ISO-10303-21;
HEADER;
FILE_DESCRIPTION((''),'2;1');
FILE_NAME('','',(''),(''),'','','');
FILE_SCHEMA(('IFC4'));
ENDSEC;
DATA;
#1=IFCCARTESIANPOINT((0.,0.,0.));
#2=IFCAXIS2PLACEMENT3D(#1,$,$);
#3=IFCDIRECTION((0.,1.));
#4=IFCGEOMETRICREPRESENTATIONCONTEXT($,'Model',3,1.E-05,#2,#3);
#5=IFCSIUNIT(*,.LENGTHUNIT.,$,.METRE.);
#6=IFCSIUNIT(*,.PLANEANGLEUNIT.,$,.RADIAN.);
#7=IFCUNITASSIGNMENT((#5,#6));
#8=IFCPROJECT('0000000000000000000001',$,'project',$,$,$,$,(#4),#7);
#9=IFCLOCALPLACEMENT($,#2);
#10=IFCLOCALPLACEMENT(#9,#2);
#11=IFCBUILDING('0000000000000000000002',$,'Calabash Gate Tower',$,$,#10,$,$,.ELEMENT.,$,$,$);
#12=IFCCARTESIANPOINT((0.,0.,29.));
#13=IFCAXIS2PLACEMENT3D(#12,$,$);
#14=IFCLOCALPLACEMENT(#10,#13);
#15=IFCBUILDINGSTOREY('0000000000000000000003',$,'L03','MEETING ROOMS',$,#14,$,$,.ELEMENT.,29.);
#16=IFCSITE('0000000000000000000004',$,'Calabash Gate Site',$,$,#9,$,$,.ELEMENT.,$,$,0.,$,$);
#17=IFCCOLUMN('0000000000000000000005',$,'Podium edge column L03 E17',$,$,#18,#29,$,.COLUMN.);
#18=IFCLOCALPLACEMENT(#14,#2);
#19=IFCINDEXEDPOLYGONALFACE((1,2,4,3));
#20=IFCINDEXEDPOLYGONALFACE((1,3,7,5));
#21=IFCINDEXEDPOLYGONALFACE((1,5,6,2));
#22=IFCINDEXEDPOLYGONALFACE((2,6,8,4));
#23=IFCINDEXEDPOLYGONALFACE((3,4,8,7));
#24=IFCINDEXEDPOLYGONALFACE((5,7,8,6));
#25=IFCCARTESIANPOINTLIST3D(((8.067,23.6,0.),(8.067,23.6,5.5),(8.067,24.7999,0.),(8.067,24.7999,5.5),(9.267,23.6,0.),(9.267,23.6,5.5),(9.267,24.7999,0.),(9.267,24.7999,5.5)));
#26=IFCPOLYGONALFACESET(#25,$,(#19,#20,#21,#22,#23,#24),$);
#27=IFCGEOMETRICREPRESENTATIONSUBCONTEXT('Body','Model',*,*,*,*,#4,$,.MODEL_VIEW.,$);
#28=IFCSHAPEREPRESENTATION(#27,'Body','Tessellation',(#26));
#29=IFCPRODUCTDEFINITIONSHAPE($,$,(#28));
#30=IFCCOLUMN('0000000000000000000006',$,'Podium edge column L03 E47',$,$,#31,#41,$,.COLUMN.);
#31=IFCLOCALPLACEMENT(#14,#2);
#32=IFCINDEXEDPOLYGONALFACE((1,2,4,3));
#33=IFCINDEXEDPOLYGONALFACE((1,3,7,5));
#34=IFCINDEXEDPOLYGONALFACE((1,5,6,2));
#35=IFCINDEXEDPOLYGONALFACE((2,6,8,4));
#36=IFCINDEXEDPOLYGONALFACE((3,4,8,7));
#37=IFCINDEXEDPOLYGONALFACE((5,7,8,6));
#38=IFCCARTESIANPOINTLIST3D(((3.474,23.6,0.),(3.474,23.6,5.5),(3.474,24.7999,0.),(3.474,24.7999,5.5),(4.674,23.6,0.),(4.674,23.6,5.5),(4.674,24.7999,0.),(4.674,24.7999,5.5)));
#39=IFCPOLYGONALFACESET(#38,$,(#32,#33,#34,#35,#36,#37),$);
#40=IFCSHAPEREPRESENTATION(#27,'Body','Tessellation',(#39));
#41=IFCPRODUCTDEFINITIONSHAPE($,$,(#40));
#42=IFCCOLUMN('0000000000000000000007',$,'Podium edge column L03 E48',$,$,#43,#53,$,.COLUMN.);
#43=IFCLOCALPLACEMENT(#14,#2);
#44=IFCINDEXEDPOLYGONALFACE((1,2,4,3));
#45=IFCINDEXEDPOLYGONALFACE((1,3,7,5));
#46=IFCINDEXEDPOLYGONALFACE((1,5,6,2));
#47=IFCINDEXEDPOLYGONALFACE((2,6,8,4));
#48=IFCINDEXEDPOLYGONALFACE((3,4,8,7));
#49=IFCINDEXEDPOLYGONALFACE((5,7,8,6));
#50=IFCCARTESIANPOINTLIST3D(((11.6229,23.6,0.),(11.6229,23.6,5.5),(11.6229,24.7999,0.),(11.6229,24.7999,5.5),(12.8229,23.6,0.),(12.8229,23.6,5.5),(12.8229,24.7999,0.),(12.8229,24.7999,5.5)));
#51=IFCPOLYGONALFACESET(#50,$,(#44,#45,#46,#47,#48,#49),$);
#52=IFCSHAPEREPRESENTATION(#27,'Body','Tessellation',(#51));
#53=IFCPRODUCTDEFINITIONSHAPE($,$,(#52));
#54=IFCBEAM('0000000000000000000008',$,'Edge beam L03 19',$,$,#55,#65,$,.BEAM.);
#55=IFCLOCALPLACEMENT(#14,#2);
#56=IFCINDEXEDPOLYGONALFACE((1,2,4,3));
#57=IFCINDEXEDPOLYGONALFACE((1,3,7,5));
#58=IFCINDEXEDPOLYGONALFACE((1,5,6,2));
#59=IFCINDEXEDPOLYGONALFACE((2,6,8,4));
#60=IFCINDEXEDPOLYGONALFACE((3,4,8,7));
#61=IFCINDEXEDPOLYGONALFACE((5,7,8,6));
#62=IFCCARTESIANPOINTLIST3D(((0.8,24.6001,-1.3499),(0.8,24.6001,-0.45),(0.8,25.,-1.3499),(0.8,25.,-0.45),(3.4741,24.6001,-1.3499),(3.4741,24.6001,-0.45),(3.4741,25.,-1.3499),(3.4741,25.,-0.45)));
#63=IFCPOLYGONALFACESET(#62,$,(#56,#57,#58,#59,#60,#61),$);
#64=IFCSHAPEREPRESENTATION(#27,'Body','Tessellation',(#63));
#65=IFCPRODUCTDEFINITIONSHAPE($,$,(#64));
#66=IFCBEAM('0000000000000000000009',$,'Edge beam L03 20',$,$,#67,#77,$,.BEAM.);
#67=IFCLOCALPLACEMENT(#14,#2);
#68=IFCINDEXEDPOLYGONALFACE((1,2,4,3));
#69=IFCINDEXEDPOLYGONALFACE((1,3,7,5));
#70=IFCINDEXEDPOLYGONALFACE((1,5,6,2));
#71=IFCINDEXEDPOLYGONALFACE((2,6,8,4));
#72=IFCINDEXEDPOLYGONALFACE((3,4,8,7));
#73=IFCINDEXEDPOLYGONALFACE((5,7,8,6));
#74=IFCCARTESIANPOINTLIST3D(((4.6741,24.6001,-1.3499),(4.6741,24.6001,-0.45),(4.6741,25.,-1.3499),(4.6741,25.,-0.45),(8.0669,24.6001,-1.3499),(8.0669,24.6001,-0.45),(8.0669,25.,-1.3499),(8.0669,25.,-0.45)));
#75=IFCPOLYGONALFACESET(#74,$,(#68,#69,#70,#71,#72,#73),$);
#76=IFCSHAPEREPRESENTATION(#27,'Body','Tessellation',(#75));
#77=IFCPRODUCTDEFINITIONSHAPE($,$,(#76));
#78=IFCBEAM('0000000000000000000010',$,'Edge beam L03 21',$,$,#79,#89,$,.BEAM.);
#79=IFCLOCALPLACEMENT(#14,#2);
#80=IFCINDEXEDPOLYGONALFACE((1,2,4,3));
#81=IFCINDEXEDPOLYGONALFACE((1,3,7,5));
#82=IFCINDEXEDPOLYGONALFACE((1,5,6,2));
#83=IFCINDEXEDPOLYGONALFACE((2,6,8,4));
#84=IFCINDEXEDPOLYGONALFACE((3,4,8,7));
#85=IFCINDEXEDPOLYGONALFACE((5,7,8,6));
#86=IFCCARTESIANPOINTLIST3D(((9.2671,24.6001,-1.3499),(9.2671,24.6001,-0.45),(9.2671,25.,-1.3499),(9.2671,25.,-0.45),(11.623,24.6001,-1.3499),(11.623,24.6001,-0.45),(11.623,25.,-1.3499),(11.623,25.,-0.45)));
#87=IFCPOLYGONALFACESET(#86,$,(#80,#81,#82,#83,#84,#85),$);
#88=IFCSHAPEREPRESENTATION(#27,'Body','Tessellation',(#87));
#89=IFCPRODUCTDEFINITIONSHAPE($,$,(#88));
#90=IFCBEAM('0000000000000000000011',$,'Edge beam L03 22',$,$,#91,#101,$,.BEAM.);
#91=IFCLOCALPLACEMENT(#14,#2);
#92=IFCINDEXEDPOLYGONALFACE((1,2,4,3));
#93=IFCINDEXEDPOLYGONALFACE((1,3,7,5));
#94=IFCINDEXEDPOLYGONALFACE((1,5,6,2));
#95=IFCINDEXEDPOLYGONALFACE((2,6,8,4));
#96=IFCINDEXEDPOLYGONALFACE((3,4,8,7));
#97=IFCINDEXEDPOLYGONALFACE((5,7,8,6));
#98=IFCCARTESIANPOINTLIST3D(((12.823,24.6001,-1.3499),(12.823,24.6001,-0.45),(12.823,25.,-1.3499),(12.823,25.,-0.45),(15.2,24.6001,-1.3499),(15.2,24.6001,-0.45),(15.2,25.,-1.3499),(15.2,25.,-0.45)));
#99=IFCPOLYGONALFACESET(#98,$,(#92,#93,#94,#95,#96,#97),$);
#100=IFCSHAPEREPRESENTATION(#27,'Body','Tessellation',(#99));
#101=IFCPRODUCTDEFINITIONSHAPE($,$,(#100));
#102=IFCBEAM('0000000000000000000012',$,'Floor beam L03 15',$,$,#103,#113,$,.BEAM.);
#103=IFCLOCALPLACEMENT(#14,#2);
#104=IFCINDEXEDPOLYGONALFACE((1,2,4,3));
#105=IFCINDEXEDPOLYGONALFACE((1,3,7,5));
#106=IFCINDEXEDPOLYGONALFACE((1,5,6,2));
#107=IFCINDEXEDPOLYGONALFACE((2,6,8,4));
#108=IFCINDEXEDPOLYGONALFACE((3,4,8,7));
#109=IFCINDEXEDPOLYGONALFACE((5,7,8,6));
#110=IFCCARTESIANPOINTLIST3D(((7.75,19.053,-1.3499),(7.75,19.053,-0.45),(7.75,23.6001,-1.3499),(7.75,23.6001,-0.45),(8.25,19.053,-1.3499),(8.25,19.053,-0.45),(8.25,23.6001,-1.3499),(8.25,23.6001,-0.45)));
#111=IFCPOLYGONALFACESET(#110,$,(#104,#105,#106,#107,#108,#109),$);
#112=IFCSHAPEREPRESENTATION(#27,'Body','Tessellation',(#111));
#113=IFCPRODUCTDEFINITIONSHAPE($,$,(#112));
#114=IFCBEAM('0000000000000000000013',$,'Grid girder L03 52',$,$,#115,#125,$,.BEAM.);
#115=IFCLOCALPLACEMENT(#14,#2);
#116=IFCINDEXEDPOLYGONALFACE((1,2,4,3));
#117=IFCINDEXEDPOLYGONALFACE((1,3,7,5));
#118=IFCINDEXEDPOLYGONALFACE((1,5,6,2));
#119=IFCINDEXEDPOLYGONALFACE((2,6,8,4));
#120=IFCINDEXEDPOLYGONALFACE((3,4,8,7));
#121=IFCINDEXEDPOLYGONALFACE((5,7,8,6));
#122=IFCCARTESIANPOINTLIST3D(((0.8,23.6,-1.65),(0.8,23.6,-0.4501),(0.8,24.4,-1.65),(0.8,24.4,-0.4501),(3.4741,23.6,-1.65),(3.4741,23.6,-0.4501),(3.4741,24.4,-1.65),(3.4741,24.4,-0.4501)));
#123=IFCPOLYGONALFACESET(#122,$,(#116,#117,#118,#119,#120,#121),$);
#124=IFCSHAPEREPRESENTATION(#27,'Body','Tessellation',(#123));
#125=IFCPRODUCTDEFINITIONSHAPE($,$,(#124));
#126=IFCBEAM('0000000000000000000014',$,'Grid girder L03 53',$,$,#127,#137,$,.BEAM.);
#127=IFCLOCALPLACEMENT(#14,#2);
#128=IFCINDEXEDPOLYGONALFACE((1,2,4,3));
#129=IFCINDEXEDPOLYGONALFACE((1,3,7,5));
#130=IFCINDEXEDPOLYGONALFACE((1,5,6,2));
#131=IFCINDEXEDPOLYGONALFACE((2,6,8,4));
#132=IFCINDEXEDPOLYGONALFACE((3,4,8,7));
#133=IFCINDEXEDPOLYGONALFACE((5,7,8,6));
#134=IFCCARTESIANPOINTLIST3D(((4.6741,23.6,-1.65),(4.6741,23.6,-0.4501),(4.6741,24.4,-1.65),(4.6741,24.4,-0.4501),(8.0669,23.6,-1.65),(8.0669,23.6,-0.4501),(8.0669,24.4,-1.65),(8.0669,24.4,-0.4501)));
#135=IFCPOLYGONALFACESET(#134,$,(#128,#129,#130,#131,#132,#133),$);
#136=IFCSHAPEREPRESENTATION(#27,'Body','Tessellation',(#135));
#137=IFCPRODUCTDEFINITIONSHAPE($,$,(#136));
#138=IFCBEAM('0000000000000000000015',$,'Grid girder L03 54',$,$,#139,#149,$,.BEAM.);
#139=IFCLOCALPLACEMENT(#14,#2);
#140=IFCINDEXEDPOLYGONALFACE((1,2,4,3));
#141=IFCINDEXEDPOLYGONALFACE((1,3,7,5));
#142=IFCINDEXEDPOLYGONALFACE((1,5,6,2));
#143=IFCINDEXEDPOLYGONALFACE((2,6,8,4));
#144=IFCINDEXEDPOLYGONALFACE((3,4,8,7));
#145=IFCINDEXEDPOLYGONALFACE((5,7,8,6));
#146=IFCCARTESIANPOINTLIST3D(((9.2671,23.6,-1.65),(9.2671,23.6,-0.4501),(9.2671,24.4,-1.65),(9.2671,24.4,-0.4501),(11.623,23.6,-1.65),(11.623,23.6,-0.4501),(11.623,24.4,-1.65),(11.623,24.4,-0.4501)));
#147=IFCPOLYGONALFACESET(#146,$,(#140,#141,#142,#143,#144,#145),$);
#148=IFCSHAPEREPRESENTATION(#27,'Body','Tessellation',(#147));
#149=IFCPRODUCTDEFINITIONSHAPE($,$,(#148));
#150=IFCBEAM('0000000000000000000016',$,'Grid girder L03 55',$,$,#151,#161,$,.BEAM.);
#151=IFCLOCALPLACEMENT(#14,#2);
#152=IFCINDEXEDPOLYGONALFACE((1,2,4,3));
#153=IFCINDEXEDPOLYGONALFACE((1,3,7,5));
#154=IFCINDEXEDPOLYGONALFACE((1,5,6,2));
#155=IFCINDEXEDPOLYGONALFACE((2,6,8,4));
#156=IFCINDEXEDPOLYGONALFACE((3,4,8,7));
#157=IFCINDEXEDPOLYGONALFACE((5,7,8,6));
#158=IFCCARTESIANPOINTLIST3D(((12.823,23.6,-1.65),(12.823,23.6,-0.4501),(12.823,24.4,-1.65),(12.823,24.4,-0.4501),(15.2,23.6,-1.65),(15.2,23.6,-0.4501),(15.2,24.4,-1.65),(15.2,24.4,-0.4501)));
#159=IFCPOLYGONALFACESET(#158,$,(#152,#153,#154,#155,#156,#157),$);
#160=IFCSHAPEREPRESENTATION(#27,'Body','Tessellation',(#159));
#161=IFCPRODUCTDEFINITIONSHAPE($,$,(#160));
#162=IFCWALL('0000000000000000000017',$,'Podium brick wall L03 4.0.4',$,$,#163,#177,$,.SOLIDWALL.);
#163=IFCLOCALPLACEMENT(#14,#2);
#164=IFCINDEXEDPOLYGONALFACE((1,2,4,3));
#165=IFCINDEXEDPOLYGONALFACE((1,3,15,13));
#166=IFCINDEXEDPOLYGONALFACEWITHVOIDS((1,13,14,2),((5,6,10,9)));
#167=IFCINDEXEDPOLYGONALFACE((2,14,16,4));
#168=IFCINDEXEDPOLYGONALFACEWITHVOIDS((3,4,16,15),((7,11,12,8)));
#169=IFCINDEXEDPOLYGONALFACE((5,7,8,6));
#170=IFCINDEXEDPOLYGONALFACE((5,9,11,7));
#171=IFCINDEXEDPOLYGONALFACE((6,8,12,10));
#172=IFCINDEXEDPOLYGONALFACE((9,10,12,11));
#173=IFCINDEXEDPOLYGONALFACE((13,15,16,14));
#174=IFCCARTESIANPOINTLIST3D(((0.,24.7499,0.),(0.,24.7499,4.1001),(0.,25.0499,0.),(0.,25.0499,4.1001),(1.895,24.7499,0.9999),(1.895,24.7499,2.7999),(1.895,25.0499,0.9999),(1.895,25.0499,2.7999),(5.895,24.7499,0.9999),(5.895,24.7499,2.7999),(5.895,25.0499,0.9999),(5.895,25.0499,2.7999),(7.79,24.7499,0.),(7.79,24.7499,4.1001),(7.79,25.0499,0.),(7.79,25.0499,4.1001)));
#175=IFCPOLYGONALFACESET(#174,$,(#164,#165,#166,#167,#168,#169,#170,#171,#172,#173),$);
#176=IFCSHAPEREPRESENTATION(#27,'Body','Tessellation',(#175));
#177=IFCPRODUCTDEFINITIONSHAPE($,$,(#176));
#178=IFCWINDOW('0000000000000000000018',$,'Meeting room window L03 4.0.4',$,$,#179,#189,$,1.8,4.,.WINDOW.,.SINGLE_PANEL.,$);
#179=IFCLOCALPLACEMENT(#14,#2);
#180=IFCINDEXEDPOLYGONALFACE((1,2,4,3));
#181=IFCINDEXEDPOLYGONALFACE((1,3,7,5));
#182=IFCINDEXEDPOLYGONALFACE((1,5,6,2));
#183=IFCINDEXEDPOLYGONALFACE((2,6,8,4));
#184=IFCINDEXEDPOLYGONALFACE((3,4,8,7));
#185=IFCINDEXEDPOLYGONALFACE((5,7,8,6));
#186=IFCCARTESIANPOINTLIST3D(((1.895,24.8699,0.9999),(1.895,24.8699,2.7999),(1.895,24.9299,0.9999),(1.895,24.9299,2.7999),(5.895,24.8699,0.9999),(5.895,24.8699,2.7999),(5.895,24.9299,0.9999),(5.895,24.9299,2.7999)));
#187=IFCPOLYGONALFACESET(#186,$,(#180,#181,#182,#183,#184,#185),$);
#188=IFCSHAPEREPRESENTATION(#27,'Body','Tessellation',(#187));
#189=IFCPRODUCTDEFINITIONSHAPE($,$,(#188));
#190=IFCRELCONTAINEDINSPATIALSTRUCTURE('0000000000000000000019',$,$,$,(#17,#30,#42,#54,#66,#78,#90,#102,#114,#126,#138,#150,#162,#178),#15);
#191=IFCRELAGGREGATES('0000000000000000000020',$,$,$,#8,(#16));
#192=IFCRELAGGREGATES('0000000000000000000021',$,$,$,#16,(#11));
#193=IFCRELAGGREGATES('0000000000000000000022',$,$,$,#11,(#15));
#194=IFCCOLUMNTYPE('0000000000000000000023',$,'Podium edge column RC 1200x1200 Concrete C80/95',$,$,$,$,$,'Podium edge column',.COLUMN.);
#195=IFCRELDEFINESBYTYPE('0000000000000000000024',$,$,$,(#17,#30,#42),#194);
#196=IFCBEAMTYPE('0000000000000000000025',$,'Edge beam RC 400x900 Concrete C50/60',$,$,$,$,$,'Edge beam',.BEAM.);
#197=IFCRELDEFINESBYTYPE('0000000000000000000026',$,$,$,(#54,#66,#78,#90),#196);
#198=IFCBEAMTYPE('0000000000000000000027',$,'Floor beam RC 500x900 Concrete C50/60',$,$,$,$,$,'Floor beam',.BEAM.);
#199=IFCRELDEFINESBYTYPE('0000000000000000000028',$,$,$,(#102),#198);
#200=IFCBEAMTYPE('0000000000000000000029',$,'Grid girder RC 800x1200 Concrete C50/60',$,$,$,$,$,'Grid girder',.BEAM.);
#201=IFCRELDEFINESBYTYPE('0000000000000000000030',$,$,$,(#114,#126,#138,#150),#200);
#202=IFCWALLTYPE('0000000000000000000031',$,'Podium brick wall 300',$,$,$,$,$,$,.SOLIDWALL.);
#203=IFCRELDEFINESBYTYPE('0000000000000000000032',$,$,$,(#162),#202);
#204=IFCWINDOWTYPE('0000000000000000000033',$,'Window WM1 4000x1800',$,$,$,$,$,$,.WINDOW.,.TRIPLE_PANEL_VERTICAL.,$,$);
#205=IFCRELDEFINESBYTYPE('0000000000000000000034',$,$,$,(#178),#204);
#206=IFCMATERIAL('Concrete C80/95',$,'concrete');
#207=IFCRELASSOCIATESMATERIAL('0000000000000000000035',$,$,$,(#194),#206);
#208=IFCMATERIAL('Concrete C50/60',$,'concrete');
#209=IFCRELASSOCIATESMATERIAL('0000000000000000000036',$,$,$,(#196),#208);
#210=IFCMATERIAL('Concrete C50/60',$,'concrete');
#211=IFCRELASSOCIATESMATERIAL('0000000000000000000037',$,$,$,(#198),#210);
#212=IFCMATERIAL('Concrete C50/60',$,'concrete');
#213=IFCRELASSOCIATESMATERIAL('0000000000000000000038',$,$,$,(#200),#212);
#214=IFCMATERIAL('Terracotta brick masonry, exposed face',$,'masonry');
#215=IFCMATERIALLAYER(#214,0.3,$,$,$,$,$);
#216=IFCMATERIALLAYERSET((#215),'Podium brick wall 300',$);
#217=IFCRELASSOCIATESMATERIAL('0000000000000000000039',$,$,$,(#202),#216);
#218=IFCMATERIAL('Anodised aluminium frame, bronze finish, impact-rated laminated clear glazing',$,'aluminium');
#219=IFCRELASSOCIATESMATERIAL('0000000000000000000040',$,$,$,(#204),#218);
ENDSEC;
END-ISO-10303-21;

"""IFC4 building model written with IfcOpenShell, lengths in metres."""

from ifc_helpers import new_model, si_unit, direction, frame, frame_2d, origin, origin_2d, place, context, subcontext, project, spatial, rectangle, extrude, material, layer, layer_set, material_profile, profile_set, type_object, element, fill, save


model = new_model("IFC4")

# Units and contexts
model_context = context("Model", 3, precision=1e-05, world=origin(), true_north=direction((0.0, 1.0)))
body_context = subcontext(model_context, "Body", "Model", "MODEL_VIEW")
ifc_project = project(units=[si_unit("LENGTHUNIT", "METRE"), si_unit("PLANEANGLEUNIT", "RADIAN")], contexts=[model_context])

# Site, building, storey
site_placement = place(None, origin())
site = spatial("IfcSite", under=ifc_project, at=site_placement, Name="Calabash Gate Site", CompositionType="ELEMENT", RefElevation=0.0)
building_placement = place(site_placement, origin())
building = spatial("IfcBuilding", under=site, at=building_placement, Name="Calabash Gate Tower", CompositionType="ELEMENT")
storey_placement = place(building_placement, frame((0.0, 0.0, 29.0)))
storey = spatial("IfcBuildingStorey", under=building, at=storey_placement, Name="L03", Description="MEETING ROOMS", CompositionType="ELEMENT", Elevation=29.0)

# Columns
ifc_material_1 = material(Name="Concrete C80/95", Category="concrete")
ifc_material_profile_1 = material_profile(ifc_material_1, rectangle(XDim=1.2, YDim=1.2, at=origin_2d()))
ifc_profile_set_1 = profile_set([ifc_material_profile_1], Name="Concrete C80/95")
column_type = type_object("IfcColumnType", Name="Podium edge column RC 1200x1200 Concrete C80/95", ElementType="Podium edge column", PredefinedType="COLUMN", material=ifc_profile_set_1)
for number, where, z_axis, x_axis, name in (
    (1, (8.667, 24.2, 0.0), (0.0, 0.0, 1.0), (1.0, 0.0, 0.0), "Podium edge column L03 E17"),
    (2, (4.074, 24.2, 0.0), (0.0, 0.0, 1.0), (1.0, 0.0, 0.0), "Podium edge column L03 E47"),
    (3, (12.2229, 24.2, 0.0), (0.0, 0.0, 1.0), (1.0, 0.0, 0.0), "Podium edge column L03 E48"),
):
    element("IfcColumn", number, at=place(storey_placement, frame(where, z_axis=z_axis, x_axis=x_axis)), inside=storey, type_object=column_type, Name=name, PredefinedType="COLUMN", context=body_context, shape_type="SweptSolid", body=[
        extrude(rectangle(XDim=1.2, YDim=1.2, at=origin_2d()), origin(), (0.0, 0.0, 1.0), 5.5),
    ])

# Beams
ifc_material_2 = material(Name="Concrete C50/60", Category="concrete")
ifc_material_profile_2 = material_profile(ifc_material_2, rectangle(XDim=0.3999, YDim=0.8999, at=origin_2d()))
ifc_profile_set_2 = profile_set([ifc_material_profile_2], Name="Concrete C50/60")
beam_type_1 = type_object("IfcBeamType", Name="Edge beam RC 400x900 Concrete C50/60", ElementType="Edge beam", PredefinedType="BEAM", material=ifc_profile_set_2)
beam_1_placement = place(storey_placement, frame((0.8, 24.8, -0.8999), z_axis=(1.0, 0.0, 0.0), x_axis=(0.0, 1.0, 0.0)))
element("IfcBeam", 4, at=beam_1_placement, inside=storey, type_object=beam_type_1, Name="Edge beam L03 19", PredefinedType="BEAM", context=body_context, shape_type="SweptSolid", body=[
    extrude(rectangle(XDim=0.3999, YDim=0.8999, at=origin_2d()), origin(), (0.0, 0.0, 1.0), 2.6741),
])
beam_2_placement = place(storey_placement, frame((4.6741, 24.8, -0.8999), z_axis=(1.0, 0.0, 0.0), x_axis=(0.0, 1.0, 0.0)))
element("IfcBeam", 5, at=beam_2_placement, inside=storey, type_object=beam_type_1, Name="Edge beam L03 20", PredefinedType="BEAM", context=body_context, shape_type="SweptSolid", body=[
    extrude(rectangle(XDim=0.3999, YDim=0.8999, at=origin_2d()), origin(), (0.0, 0.0, 1.0), 3.3928),
])
beam_3_placement = place(storey_placement, frame((9.2671, 24.8, -0.8999), z_axis=(1.0, 0.0, 0.0), x_axis=(0.0, 1.0, 0.0)))
element("IfcBeam", 6, at=beam_3_placement, inside=storey, type_object=beam_type_1, Name="Edge beam L03 21", PredefinedType="BEAM", context=body_context, shape_type="SweptSolid", body=[
    extrude(rectangle(XDim=0.3999, YDim=0.8999, at=origin_2d()), origin(), (0.0, 0.0, 1.0), 2.356),
])
beam_4_placement = place(storey_placement, frame((12.823, 24.8, -0.8999), z_axis=(1.0, 0.0, 0.0), x_axis=(0.0, 1.0, 0.0)))
element("IfcBeam", 7, at=beam_4_placement, inside=storey, type_object=beam_type_1, Name="Edge beam L03 22", PredefinedType="BEAM", context=body_context, shape_type="SweptSolid", body=[
    extrude(rectangle(XDim=0.3999, YDim=0.8999, at=origin_2d()), origin(), (0.0, 0.0, 1.0), 2.377),
])
ifc_material_3 = material(Name="Concrete C50/60", Category="concrete")
ifc_material_profile_3 = material_profile(ifc_material_3, rectangle(XDim=0.5, YDim=0.8999, at=origin_2d()))
ifc_profile_set_3 = profile_set([ifc_material_profile_3], Name="Concrete C50/60")
beam_type_2 = type_object("IfcBeamType", Name="Floor beam RC 500x900 Concrete C50/60", ElementType="Floor beam", PredefinedType="BEAM", material=ifc_profile_set_3)
beam_5_placement = place(storey_placement, frame((8.0, 19.053, -0.8999), z_axis=(0.0, 1.0, 0.0), x_axis=(-1.0, 0.0, 0.0)))
element("IfcBeam", 8, at=beam_5_placement, inside=storey, type_object=beam_type_2, Name="Floor beam L03 15", PredefinedType="BEAM", context=body_context, shape_type="SweptSolid", body=[
    extrude(rectangle(XDim=0.5, YDim=0.8999, at=origin_2d()), origin(), (0.0, 0.0, 1.0), 4.5471),
])
ifc_material_4 = material(Name="Concrete C50/60", Category="concrete")
ifc_material_profile_4 = material_profile(ifc_material_4, rectangle(XDim=0.8, YDim=1.2, at=origin_2d()))
ifc_profile_set_4 = profile_set([ifc_material_profile_4], Name="Concrete C50/60")
beam_type_3 = type_object("IfcBeamType", Name="Grid girder RC 800x1200 Concrete C50/60", ElementType="Grid girder", PredefinedType="BEAM", material=ifc_profile_set_4)
beam_6_placement = place(storey_placement, frame((0.8, 24.0, -1.05), z_axis=(1.0, 0.0, 0.0), x_axis=(0.0, 1.0, 0.0)))
element("IfcBeam", 9, at=beam_6_placement, inside=storey, type_object=beam_type_3, Name="Grid girder L03 52", PredefinedType="BEAM", context=body_context, shape_type="SweptSolid", body=[
    extrude(rectangle(XDim=0.8, YDim=1.2, at=origin_2d()), origin(), (0.0, 0.0, 1.0), 2.6741),
])
beam_7_placement = place(storey_placement, frame((4.6741, 24.0, -1.05), z_axis=(1.0, 0.0, 0.0), x_axis=(0.0, 1.0, 0.0)))
element("IfcBeam", 10, at=beam_7_placement, inside=storey, type_object=beam_type_3, Name="Grid girder L03 53", PredefinedType="BEAM", context=body_context, shape_type="SweptSolid", body=[
    extrude(rectangle(XDim=0.8, YDim=1.2, at=origin_2d()), origin(), (0.0, 0.0, 1.0), 3.3928),
])
beam_8_placement = place(storey_placement, frame((9.2671, 24.0, -1.05), z_axis=(1.0, 0.0, 0.0), x_axis=(0.0, 1.0, 0.0)))
element("IfcBeam", 11, at=beam_8_placement, inside=storey, type_object=beam_type_3, Name="Grid girder L03 54", PredefinedType="BEAM", context=body_context, shape_type="SweptSolid", body=[
    extrude(rectangle(XDim=0.8, YDim=1.2, at=origin_2d()), origin(), (0.0, 0.0, 1.0), 2.356),
])
beam_9_placement = place(storey_placement, frame((12.823, 24.0, -1.05), z_axis=(1.0, 0.0, 0.0), x_axis=(0.0, 1.0, 0.0)))
element("IfcBeam", 12, at=beam_9_placement, inside=storey, type_object=beam_type_3, Name="Grid girder L03 55", PredefinedType="BEAM", context=body_context, shape_type="SweptSolid", body=[
    extrude(rectangle(XDim=0.8, YDim=1.2, at=origin_2d()), origin(), (0.0, 0.0, 1.0), 2.377),
])

# Wall, opening, window
ifc_material_5 = material(Name="Terracotta brick masonry, exposed face", Category="masonry")
ifc_layer_1 = layer(ifc_material_5, 0.3)
ifc_layer_set_1 = layer_set([ifc_layer_1], Name="Podium brick wall 300")
wall_type_1 = type_object("IfcWallType", Name="Podium brick wall 300", PredefinedType="SOLIDWALL", material=ifc_layer_set_1)
wall_1_placement = place(storey_placement, frame((7.79, 24.8999, 0.0), z_axis=(0.0, 0.0, 1.0), x_axis=(-1.0, 0.0, 0.0)))
wall_1 = element("IfcWall", 13, at=wall_1_placement, inside=storey, type_object=wall_type_1, Name="Podium brick wall L03 4.0.4", PredefinedType="SOLIDWALL", context=body_context, shape_type="SweptSolid", body=[
    extrude(rectangle(XDim=7.79, YDim=0.3, at=frame_2d((3.895, 0.0))), origin(), (0.0, 0.0, 1.0), 4.1001),
])
opening_1_placement = place(wall_1_placement, frame((1.895, 0.0, 1.0)))
opening_1 = element("IfcOpeningElement", 14, at=opening_1_placement, cuts=wall_1, PredefinedType="OPENING", context=body_context, shape_type="SweptSolid", body=[
    extrude(rectangle(XDim=4.0, YDim=1.8, at=frame_2d((2.0, 0.8999))), frame((0.0, 0.1599, 0.0), z_axis=(0.0, -1.0, 0.0), x_axis=(1.0, 0.0, 0.0)), (0.0, 0.0, 1.0), 0.3201),
])
ifc_material_6 = material(Name="Anodised aluminium frame, bronze finish, impact-rated laminated clear glazing", Category="aluminium")
window_type = type_object("IfcWindowType", Name="Window WM1 4000x1800", PartitioningType="TRIPLE_PANEL_VERTICAL", PredefinedType="WINDOW", material=ifc_material_6)
window_placement = place(opening_1_placement, origin())
window = element("IfcWindow", 15, at=window_placement, inside=storey, type_object=window_type, Name="Meeting room window L03 4.0.4", OverallHeight=1.8, OverallWidth=4.0, PartitioningType="SINGLE_PANEL", PredefinedType="WINDOW", context=body_context, shape_type="SweptSolid", body=[
    extrude(rectangle(XDim=4.0, YDim=1.8, at=frame_2d((2.0, 0.8999))), frame((0.0, 0.03, 0.0), z_axis=(0.0, -1.0, 0.0), x_axis=(1.0, 0.0, 0.0)), (0.0, 0.0, 1.0), 0.0601),
])
fill(opening_1, window)

save(model, "model.ifc")
